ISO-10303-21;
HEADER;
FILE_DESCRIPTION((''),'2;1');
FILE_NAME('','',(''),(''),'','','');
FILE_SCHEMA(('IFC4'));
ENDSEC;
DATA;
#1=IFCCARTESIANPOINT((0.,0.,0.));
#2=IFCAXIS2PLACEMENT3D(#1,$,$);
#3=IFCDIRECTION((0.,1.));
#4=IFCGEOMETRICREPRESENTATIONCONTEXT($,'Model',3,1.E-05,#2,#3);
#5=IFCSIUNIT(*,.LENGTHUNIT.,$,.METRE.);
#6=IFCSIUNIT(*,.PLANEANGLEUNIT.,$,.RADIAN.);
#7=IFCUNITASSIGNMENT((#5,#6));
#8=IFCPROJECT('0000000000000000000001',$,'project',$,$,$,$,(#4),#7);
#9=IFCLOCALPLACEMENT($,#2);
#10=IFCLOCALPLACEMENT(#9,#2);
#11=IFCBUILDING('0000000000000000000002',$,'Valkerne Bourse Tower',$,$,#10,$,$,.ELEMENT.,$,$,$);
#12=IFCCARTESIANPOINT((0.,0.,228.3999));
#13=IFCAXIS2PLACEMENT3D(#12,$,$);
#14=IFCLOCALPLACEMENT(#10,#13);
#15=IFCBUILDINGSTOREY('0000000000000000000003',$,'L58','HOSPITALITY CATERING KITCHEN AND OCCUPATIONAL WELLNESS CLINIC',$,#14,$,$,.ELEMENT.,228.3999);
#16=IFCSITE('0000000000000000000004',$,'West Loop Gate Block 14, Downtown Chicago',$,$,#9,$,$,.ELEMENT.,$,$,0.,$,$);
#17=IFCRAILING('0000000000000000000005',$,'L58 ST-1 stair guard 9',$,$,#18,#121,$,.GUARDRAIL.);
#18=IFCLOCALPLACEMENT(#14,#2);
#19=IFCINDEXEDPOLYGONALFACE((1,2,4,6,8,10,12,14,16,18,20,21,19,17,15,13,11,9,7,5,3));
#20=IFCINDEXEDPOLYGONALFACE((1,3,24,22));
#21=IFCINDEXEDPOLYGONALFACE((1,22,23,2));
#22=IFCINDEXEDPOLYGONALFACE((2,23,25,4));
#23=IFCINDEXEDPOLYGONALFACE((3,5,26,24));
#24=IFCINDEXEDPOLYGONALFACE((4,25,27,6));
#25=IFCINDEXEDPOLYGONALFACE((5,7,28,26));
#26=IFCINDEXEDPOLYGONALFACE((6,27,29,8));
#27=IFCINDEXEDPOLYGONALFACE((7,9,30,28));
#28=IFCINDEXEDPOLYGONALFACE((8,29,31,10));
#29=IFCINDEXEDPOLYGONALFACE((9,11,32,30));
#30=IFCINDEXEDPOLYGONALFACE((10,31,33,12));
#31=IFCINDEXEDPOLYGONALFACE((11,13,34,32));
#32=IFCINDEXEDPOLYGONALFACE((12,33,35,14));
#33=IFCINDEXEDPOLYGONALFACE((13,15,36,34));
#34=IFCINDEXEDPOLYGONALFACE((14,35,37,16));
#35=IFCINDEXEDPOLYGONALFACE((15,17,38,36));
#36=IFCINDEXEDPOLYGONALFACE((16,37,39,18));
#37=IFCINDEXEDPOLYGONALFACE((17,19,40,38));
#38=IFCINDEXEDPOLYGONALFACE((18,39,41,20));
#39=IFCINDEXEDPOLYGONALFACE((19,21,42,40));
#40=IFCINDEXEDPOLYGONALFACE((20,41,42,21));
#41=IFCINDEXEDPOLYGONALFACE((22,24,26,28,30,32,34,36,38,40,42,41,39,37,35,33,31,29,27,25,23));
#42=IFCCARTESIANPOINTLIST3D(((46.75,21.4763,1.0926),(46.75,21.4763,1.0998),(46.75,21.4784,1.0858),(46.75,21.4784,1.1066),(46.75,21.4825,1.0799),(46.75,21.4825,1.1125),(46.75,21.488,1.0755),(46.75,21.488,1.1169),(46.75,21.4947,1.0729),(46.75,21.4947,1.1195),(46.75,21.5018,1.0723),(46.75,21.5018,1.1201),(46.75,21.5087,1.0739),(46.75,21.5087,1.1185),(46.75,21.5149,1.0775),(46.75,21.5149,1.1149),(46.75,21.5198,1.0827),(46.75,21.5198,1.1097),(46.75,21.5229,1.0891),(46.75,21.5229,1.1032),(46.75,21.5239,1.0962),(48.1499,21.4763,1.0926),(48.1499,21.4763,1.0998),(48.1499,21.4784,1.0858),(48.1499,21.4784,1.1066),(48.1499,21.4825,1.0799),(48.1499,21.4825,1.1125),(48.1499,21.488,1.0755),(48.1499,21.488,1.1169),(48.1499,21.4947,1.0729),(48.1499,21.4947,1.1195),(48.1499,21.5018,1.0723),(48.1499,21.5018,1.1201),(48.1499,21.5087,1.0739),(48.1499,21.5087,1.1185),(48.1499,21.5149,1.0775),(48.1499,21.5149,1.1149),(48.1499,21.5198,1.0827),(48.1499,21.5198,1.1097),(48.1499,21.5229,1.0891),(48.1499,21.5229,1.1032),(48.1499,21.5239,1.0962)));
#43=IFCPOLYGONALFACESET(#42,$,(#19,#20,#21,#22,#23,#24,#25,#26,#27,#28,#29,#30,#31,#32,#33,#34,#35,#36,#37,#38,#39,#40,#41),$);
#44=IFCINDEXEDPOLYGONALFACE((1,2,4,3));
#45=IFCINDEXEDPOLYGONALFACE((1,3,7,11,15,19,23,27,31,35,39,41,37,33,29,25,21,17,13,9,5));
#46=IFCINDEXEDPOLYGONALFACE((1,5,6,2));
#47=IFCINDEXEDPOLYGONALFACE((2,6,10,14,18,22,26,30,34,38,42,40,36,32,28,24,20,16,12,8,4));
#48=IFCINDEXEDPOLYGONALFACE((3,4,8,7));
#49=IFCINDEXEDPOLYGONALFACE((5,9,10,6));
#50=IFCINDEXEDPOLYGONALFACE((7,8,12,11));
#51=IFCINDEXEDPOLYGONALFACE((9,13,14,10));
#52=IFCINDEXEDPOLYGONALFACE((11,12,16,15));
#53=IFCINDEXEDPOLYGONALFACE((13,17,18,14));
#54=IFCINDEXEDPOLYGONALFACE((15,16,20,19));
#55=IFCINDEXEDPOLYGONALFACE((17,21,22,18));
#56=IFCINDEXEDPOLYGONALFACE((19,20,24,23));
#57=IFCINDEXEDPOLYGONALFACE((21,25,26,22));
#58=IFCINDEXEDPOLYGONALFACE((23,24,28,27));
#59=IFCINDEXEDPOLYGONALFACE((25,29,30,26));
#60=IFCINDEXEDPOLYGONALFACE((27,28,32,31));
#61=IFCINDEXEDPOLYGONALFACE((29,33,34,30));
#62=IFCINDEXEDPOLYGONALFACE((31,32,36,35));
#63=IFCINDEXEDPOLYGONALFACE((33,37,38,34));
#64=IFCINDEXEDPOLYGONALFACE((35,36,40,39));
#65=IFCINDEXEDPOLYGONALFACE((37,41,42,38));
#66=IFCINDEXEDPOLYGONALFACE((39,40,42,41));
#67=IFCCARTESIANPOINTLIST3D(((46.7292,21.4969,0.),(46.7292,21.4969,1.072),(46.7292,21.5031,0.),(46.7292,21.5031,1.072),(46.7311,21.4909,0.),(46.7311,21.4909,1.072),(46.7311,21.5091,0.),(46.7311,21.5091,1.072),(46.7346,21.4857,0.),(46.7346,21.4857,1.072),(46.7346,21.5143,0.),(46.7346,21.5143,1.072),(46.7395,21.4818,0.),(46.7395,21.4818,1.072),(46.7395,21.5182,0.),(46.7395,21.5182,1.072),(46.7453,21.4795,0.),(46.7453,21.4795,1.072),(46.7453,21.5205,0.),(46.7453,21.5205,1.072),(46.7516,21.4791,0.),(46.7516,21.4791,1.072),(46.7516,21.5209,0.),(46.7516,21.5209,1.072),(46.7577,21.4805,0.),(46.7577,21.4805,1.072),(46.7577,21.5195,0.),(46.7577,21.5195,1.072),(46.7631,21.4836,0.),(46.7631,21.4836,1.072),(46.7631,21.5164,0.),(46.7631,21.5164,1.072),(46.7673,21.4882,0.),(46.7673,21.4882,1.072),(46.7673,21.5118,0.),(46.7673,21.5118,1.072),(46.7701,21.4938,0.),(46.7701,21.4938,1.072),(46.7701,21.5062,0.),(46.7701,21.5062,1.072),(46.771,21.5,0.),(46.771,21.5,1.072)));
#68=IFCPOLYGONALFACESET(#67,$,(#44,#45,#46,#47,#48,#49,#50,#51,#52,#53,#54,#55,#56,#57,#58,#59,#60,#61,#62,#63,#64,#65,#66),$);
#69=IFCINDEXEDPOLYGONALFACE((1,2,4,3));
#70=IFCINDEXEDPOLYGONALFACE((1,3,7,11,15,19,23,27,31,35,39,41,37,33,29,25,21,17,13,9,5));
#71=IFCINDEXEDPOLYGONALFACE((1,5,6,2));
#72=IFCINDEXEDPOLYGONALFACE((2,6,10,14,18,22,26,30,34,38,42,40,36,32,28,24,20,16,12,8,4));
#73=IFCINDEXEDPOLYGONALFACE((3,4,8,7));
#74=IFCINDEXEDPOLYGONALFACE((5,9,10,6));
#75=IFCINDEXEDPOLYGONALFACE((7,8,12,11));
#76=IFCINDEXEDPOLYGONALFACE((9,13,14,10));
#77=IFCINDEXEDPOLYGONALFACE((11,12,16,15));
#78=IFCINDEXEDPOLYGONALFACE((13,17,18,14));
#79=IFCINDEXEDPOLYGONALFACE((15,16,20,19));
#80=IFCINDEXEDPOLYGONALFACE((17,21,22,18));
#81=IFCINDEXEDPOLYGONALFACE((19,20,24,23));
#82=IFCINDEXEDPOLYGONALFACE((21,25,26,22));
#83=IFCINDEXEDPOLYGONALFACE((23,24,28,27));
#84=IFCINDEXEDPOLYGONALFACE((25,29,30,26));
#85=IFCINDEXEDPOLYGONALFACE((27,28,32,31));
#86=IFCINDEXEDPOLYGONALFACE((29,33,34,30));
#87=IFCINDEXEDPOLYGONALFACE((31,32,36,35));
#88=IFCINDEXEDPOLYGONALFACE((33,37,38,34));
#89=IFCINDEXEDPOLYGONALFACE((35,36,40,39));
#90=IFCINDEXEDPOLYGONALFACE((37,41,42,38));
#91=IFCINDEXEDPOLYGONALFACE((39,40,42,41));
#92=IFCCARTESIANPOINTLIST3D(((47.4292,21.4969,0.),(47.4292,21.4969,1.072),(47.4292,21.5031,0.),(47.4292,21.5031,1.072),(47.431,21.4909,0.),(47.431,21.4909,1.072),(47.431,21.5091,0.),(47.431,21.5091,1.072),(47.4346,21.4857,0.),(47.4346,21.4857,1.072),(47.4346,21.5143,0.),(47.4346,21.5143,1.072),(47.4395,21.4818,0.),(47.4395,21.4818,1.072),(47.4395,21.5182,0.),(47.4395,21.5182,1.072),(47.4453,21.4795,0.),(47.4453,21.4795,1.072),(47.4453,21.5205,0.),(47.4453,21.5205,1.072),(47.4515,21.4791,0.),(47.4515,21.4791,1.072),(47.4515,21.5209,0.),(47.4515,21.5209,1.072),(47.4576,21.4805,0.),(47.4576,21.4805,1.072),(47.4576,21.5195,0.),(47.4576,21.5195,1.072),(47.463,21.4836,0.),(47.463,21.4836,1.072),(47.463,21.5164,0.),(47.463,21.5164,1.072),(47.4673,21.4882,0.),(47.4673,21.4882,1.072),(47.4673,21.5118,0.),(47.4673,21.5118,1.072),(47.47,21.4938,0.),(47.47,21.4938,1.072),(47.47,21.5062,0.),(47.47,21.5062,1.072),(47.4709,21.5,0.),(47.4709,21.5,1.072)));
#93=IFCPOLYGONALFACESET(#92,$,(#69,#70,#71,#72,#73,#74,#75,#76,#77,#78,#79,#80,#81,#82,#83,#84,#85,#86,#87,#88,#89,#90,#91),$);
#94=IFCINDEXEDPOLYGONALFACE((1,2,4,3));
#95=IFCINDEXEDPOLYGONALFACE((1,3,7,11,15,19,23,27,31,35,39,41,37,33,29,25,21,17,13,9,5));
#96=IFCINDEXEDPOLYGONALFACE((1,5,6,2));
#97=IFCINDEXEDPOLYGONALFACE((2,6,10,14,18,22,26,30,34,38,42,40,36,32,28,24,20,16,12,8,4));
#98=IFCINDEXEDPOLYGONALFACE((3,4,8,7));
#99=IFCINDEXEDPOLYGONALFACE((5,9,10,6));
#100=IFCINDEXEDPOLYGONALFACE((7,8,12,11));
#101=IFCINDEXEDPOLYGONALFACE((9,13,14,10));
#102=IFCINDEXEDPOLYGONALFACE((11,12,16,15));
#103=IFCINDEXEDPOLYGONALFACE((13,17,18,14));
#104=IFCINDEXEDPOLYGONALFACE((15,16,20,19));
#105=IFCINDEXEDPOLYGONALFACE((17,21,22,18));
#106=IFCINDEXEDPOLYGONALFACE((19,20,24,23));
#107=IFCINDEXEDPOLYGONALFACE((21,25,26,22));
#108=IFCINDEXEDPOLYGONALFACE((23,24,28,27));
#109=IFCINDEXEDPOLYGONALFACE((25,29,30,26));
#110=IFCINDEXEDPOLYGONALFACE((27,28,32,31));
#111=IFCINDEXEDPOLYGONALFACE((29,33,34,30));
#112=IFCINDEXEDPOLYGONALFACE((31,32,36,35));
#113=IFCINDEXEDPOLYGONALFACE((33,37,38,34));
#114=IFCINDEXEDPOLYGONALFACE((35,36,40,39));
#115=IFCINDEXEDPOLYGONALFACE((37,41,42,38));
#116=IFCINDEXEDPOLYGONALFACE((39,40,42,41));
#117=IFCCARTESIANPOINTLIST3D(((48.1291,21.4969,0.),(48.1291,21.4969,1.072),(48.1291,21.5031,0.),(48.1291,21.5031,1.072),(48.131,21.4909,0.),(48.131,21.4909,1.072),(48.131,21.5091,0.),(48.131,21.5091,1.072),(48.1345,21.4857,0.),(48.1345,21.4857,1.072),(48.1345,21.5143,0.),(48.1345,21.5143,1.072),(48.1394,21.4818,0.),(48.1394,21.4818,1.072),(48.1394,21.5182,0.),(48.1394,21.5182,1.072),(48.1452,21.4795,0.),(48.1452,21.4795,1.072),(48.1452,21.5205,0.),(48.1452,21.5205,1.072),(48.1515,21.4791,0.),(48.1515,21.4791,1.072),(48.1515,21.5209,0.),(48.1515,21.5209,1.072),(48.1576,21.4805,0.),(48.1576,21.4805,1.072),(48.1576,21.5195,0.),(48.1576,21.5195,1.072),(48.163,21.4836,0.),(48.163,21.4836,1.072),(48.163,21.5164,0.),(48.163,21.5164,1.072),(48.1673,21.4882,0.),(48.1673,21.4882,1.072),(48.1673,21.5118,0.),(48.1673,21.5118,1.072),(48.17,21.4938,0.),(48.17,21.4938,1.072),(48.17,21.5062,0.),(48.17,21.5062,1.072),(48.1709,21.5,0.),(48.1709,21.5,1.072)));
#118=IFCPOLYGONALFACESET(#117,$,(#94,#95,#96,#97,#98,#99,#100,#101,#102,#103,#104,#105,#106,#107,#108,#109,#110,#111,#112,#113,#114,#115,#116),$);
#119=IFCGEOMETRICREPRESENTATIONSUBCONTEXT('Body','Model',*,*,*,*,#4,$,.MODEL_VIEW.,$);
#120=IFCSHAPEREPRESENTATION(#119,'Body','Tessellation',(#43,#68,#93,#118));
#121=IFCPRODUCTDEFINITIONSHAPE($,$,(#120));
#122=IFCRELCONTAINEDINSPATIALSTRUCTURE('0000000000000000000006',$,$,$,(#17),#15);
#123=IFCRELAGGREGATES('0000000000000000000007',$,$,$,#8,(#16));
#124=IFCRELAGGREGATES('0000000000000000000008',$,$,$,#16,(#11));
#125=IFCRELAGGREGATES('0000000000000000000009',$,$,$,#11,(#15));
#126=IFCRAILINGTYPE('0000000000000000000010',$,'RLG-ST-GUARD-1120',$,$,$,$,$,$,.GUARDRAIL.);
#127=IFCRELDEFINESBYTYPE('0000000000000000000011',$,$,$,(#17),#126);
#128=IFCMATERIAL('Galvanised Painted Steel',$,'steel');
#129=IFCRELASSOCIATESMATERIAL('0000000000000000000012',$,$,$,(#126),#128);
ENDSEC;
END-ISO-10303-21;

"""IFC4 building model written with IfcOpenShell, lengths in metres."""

from ifc_helpers import new_model, si_unit, direction, frame, origin, origin_2d, place, context, subcontext, project, spatial, circle, extrude, material, type_object, element, save


model = new_model("IFC4")

# Units and contexts
model_context = context("Model", 3, precision=1e-05, world=origin(), true_north=direction((0.0, 1.0)))
body_context = subcontext(model_context, "Body", "Model", "MODEL_VIEW")
ifc_project = project(units=[si_unit("LENGTHUNIT", "METRE"), si_unit("PLANEANGLEUNIT", "RADIAN")], contexts=[model_context])

# Site, building, storey
site_placement = place(None, origin())
site = spatial("IfcSite", under=ifc_project, at=site_placement, Name="West Loop Gate Block 14, Downtown Chicago", CompositionType="ELEMENT", RefElevation=0.0)
building_placement = place(site_placement, origin())
building = spatial("IfcBuilding", under=site, at=building_placement, Name="Valkerne Bourse Tower", CompositionType="ELEMENT")
storey_placement = place(building_placement, frame((0.0, 0.0, 228.3999)))
storey = spatial("IfcBuildingStorey", under=building, at=storey_placement, Name="L58", Description="HOSPITALITY CATERING KITCHEN AND OCCUPATIONAL WELLNESS CLINIC", CompositionType="ELEMENT", Elevation=228.3999)

# Shared definitions
ifc_material_1 = material(Name="Galvanised Painted Steel", Category="steel")

# Railing
railing_type_1 = type_object("IfcRailingType", Name="RLG-ST-GUARD-1120", PredefinedType="GUARDRAIL", material=ifc_material_1)
for number, where, name in (
    (1, (46.75, 21.5, 0.0), "L58 ST-1 stair guard 9"),
):
    element("IfcRailing", number, at=place(storey_placement, frame(where)), inside=storey, type_object=railing_type_1, Name=name, PredefinedType="GUARDRAIL", context=body_context, shape_type="SweptSolid", body=[
        extrude(circle(Radius=0.0239, at=origin_2d()), frame((0.0, 0.0, 1.0962), z_axis=(1.0, 0.0, 0.0), x_axis=(0.0, 1.0, 0.0)), (0.0, 0.0, 1.0), 1.3999),
        extrude(circle(Radius=0.021, at=origin_2d()), origin(), (0.0, 0.0, 1.0), 1.072),
        extrude(circle(Radius=0.021, at=origin_2d()), frame((0.7, 0.0, 0.0)), (0.0, 0.0, 1.0), 1.072),
        extrude(circle(Radius=0.021, at=origin_2d()), frame((1.3999, 0.0, 0.0)), (0.0, 0.0, 1.0), 1.072),
    ])

save(model, "model.ifc")
